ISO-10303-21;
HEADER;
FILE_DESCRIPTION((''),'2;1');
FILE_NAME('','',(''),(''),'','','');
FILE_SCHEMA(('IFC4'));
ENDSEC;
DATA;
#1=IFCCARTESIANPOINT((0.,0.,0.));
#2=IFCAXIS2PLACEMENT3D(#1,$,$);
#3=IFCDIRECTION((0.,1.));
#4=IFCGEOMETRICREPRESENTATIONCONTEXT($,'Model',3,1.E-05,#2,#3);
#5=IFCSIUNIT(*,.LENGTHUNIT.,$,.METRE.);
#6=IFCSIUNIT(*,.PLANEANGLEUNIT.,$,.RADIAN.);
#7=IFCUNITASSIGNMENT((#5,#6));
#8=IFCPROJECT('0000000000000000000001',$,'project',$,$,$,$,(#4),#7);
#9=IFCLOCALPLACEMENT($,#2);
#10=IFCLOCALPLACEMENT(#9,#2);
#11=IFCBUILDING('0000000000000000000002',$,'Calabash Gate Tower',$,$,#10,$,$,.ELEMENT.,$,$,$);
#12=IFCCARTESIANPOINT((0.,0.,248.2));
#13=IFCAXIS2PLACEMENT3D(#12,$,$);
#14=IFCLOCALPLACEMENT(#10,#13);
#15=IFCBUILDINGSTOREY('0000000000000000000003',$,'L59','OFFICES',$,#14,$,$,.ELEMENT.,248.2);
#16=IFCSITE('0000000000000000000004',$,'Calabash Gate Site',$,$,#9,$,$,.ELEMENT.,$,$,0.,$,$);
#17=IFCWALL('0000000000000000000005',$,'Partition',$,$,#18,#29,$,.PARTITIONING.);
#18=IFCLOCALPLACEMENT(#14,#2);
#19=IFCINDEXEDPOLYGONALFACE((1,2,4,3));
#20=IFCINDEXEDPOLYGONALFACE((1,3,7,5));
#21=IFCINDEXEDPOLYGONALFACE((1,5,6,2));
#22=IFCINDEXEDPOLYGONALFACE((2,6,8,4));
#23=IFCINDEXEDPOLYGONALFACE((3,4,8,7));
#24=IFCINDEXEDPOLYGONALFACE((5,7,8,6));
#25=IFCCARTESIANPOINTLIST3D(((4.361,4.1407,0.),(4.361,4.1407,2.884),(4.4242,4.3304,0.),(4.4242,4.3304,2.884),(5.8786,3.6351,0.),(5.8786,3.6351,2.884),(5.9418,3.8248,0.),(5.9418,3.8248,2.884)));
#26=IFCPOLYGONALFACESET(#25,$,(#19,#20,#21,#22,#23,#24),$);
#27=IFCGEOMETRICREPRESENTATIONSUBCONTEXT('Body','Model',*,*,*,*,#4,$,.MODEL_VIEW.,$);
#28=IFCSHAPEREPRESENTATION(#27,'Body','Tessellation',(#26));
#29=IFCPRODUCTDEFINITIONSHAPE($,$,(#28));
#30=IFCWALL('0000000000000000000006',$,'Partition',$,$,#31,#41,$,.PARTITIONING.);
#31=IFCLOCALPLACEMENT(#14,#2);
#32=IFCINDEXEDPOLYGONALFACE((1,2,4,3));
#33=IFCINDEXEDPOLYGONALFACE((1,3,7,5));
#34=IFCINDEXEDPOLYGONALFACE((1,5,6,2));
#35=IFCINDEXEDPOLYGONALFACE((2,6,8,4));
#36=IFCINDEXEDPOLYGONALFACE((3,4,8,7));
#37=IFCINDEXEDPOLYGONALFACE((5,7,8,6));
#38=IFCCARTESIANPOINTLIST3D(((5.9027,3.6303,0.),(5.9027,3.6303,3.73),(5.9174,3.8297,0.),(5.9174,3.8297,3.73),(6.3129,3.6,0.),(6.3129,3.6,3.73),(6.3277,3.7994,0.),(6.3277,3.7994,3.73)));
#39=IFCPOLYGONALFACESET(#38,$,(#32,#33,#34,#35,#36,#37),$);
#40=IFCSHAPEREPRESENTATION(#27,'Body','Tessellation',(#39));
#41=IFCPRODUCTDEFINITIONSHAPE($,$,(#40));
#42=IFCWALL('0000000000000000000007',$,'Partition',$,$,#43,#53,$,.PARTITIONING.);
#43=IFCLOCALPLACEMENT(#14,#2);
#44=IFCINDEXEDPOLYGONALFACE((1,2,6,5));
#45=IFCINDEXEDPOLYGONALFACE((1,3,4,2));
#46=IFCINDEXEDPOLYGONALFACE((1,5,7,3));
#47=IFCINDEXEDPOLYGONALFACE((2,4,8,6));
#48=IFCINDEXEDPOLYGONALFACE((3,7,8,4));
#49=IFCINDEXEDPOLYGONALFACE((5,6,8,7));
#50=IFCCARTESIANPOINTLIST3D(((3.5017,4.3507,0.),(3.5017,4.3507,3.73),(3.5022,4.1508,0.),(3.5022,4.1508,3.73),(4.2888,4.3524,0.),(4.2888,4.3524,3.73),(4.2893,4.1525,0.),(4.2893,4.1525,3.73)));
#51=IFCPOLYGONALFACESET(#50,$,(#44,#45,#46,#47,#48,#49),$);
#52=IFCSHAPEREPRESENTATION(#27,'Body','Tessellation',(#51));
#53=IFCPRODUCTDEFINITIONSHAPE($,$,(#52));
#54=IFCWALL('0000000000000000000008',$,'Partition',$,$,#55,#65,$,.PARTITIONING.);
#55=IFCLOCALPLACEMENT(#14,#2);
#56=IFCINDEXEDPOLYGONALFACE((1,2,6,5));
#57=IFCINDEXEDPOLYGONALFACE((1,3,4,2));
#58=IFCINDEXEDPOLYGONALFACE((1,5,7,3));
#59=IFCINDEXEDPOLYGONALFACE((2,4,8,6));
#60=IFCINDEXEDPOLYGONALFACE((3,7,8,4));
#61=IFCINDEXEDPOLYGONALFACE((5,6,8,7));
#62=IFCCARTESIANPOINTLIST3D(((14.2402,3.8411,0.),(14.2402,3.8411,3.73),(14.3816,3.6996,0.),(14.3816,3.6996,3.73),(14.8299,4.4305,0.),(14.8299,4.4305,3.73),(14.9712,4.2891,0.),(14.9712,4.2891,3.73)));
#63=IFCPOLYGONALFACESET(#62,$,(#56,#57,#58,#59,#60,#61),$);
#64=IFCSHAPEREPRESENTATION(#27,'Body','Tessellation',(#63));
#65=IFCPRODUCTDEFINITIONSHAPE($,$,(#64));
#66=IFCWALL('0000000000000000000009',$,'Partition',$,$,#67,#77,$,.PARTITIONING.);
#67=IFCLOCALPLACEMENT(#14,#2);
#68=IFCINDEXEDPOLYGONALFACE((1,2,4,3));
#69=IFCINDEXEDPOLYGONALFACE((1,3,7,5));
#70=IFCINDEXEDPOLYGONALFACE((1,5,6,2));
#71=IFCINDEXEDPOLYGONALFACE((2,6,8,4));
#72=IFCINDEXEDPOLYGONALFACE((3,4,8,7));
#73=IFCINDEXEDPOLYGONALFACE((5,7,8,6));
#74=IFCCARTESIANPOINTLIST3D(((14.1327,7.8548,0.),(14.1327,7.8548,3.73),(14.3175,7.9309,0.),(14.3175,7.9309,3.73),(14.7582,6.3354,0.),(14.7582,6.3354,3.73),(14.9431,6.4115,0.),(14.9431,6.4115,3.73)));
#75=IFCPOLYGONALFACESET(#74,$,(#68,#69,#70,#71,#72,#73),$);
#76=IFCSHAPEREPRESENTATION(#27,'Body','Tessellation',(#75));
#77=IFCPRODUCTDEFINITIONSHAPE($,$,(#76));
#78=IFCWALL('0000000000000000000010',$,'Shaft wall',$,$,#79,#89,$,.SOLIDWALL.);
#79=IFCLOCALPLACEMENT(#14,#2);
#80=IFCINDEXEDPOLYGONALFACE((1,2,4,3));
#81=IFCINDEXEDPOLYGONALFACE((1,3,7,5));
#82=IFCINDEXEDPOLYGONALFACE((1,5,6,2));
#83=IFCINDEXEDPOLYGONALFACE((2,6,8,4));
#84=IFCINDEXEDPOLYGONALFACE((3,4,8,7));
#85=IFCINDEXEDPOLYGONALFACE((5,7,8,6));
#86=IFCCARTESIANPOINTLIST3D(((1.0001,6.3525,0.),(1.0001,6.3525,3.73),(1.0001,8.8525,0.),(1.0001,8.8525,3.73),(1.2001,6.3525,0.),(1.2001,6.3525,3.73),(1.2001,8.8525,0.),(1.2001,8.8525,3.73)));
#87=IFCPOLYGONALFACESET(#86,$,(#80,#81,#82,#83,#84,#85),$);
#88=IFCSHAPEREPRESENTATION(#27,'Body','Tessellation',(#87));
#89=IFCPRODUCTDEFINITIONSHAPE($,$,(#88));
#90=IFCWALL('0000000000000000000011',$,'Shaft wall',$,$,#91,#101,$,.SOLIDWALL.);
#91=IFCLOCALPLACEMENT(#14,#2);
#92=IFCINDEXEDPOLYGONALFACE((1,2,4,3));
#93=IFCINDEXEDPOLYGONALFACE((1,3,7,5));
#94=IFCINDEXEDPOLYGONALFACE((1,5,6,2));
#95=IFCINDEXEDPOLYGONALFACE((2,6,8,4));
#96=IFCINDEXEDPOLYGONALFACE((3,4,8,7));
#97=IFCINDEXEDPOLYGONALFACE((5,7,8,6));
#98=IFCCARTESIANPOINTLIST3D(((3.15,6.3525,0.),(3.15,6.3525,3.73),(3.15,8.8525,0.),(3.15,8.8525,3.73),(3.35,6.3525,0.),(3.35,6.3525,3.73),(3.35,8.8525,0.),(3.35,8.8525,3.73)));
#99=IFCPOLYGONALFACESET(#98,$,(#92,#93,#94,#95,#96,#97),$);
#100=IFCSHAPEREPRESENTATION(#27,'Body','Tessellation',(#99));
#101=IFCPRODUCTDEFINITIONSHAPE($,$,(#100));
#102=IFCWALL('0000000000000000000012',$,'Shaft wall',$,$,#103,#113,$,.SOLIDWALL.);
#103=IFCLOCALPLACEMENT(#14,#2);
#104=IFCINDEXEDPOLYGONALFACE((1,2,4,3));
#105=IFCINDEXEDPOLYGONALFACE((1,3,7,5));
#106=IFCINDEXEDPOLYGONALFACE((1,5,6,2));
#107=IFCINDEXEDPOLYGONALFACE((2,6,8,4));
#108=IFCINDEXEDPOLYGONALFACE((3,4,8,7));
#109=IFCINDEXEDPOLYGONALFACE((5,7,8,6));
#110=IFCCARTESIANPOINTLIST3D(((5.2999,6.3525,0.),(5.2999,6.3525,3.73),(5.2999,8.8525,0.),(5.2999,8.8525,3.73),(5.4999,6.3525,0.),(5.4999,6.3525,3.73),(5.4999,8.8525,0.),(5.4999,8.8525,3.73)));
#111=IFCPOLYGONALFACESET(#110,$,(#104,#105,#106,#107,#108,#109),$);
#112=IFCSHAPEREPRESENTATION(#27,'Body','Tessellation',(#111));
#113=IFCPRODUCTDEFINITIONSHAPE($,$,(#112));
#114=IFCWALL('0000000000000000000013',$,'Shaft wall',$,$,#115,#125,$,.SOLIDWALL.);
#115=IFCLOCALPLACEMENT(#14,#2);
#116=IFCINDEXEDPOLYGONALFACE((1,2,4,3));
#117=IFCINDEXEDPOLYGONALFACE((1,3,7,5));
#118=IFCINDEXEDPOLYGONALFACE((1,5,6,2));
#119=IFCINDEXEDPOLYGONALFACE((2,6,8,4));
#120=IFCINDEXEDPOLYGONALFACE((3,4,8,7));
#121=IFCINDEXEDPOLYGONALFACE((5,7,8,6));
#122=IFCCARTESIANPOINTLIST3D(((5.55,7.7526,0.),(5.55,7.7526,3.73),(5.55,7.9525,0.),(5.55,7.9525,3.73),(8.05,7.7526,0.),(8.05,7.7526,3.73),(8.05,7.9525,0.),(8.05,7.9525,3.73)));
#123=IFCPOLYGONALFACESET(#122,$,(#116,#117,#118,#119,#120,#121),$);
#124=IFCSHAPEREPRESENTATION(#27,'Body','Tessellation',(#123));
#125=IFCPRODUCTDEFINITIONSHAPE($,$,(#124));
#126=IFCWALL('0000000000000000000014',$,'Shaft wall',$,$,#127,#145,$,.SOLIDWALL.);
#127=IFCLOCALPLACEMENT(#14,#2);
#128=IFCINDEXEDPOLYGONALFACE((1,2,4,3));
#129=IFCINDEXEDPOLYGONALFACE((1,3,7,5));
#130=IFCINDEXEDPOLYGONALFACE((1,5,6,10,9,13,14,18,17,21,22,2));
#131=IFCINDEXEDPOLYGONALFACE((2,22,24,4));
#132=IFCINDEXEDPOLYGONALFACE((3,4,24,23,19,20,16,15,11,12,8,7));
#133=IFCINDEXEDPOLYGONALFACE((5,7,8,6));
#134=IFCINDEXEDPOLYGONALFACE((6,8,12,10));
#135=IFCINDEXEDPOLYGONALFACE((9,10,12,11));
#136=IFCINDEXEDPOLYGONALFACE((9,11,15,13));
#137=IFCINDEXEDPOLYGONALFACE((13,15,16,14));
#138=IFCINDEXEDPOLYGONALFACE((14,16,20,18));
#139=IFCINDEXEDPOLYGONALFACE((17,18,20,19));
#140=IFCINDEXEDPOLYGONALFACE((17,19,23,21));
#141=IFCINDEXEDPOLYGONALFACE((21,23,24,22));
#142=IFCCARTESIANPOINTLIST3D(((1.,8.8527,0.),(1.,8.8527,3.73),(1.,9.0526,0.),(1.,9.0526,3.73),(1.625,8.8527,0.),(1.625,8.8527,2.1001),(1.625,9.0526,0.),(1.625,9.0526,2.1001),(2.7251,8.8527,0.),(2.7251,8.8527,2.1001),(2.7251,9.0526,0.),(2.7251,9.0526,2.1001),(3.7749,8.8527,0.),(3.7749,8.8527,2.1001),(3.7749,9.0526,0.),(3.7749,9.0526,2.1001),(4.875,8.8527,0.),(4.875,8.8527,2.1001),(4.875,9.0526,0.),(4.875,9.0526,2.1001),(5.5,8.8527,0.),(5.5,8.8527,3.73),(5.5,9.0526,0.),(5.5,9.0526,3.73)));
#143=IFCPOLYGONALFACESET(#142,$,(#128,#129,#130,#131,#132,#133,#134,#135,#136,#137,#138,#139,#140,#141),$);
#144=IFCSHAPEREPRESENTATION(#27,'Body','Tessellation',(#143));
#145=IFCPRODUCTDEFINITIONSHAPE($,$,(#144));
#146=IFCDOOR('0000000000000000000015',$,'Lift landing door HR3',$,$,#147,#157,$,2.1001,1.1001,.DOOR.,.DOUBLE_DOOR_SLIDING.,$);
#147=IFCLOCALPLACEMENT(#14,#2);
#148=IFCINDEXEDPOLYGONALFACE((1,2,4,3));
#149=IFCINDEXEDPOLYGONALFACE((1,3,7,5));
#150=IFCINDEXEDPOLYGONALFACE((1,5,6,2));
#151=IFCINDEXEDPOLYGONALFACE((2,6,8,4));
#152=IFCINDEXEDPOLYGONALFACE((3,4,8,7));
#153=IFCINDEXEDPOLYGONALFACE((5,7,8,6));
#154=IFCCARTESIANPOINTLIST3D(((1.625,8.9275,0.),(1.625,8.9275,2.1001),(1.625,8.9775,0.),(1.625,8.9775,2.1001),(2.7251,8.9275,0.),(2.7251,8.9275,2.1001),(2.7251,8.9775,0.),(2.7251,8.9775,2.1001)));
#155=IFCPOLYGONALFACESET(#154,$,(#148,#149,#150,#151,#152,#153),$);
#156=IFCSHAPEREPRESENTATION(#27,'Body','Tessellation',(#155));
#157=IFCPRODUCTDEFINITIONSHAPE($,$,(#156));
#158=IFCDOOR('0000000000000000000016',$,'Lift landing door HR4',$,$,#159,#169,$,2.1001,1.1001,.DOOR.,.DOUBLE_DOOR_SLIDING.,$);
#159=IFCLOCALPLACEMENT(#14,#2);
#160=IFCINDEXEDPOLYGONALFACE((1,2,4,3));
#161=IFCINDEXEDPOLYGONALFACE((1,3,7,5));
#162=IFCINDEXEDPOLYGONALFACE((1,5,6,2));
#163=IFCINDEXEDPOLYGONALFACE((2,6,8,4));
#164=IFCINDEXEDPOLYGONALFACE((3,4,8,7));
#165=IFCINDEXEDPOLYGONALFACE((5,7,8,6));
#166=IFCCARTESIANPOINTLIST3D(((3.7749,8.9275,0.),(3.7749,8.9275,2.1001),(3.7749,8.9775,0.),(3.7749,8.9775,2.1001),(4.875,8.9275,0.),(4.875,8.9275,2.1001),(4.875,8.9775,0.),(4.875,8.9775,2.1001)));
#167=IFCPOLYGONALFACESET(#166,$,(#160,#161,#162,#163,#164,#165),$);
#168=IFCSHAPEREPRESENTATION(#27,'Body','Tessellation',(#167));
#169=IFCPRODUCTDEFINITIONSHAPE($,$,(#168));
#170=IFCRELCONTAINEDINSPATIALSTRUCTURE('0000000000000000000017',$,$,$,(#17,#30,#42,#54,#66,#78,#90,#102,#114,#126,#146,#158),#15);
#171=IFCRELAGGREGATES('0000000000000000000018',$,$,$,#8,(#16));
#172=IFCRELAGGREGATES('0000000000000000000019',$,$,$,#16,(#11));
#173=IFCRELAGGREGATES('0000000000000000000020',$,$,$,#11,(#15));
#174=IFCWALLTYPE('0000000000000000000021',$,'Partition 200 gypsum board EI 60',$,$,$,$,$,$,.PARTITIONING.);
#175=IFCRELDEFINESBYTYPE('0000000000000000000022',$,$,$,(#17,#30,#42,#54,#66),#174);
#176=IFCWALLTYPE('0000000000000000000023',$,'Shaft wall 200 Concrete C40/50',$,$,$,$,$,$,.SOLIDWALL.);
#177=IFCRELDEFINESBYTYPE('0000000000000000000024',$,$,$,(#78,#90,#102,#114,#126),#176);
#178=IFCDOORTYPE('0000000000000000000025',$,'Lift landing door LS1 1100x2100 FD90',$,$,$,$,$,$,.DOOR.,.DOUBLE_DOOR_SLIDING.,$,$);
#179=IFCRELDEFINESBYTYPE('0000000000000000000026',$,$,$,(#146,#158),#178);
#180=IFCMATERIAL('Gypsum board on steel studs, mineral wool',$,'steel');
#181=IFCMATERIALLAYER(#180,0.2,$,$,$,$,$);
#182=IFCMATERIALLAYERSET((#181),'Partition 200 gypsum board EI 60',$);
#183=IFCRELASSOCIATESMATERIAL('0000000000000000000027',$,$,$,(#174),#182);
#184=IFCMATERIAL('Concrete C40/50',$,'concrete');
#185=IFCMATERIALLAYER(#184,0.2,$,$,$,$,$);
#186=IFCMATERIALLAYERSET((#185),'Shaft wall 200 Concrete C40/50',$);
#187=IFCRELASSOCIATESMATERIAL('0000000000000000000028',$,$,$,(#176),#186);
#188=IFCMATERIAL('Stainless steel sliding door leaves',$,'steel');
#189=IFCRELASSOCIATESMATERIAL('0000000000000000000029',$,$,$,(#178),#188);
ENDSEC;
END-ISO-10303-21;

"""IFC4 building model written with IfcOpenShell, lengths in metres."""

from ifc_helpers import new_model, si_unit, direction, frame, frame_2d, origin, place, context, subcontext, project, spatial, rectangle, extrude, material, layer, layer_set, type_object, element, fill, save


model = new_model("IFC4")

# Units and contexts
model_context = context("Model", 3, precision=1e-05, world=origin(), true_north=direction((0.0, 1.0)))
body_context = subcontext(model_context, "Body", "Model", "MODEL_VIEW")
ifc_project = project(units=[si_unit("LENGTHUNIT", "METRE"), si_unit("PLANEANGLEUNIT", "RADIAN")], contexts=[model_context])

# Site, building, storey
site_placement = place(None, origin())
site = spatial("IfcSite", under=ifc_project, at=site_placement, Name="Calabash Gate Site", CompositionType="ELEMENT", RefElevation=0.0)
building_placement = place(site_placement, origin())
building = spatial("IfcBuilding", under=site, at=building_placement, Name="Calabash Gate Tower", CompositionType="ELEMENT")
storey_placement = place(building_placement, frame((0.0, 0.0, 248.2)))
storey = spatial("IfcBuildingStorey", under=building, at=storey_placement, Name="L59", Description="OFFICES", CompositionType="ELEMENT", Elevation=248.2)

# Shared definitions
ifc_material_1 = material(Name="Gypsum board on steel studs, mineral wool", Category="steel")
ifc_layer_1 = layer(ifc_material_1, 0.2)
ifc_layer_set_1 = layer_set([ifc_layer_1], Name="Partition 200 gypsum board EI 60")
wall_type_1 = type_object("IfcWallType", Name="Partition 200 gypsum board EI 60", PredefinedType="PARTITIONING", material=ifc_layer_set_1)

# Walls
wall_1_placement = place(storey_placement, frame((4.3926, 4.2356, 0.0), z_axis=(0.0, 0.0, 1.0), x_axis=(0.948729, -0.31609, 0.0)))
element("IfcWall", 1, at=wall_1_placement, inside=storey, type_object=wall_type_1, Name="Partition", PredefinedType="PARTITIONING", context=body_context, shape_type="SweptSolid", body=[
    extrude(rectangle(XDim=1.5996, YDim=0.2, at=frame_2d((0.7998, 0.0))), origin(), (0.0, 0.0, 1.0), 2.884),
])
wall_2_placement = place(storey_placement, frame((5.9102, 3.73, 0.0), z_axis=(0.0, 0.0, 1.0), x_axis=(0.997287, -0.073609, 0.0)))
element("IfcWall", 2, at=wall_2_placement, inside=storey, type_object=wall_type_1, Name="Partition", PredefinedType="PARTITIONING", context=body_context, shape_type="SweptSolid", body=[
    extrude(rectangle(XDim=0.4114, YDim=0.2, at=frame_2d((0.2056, 0.0))), origin(), (0.0, 0.0, 1.0), 3.73),
])
wall_3_placement = place(storey_placement, frame((3.502, 4.2507, 0.0), z_axis=(0.0, 0.0, 1.0), x_axis=(0.999998, 0.002171, 0.0)))
element("IfcWall", 3, at=wall_3_placement, inside=storey, type_object=wall_type_1, Name="Partition", PredefinedType="PARTITIONING", context=body_context, shape_type="SweptSolid", body=[
    extrude(rectangle(XDim=0.7871, YDim=0.2, at=frame_2d((0.3936, 0.0))), origin(), (0.0, 0.0, 1.0), 3.73),
])
wall_4_placement = place(storey_placement, frame((14.3108, 3.7703, 0.0), z_axis=(0.0, 0.0, 1.0), x_axis=(0.707253, 0.70696, 0.0)))
element("IfcWall", 4, at=wall_4_placement, inside=storey, type_object=wall_type_1, Name="Partition", PredefinedType="PARTITIONING", context=body_context, shape_type="SweptSolid", body=[
    extrude(rectangle(XDim=0.8337, YDim=0.2, at=frame_2d((0.417, 0.0))), origin(), (0.0, 0.0, 1.0), 3.73),
])
wall_5_placement = place(storey_placement, frame((14.2251, 7.8928, 0.0), z_axis=(0.0, 0.0, 1.0), x_axis=(0.380697, -0.9247, 0.0)))
element("IfcWall", 5, at=wall_5_placement, inside=storey, type_object=wall_type_1, Name="Partition", PredefinedType="PARTITIONING", context=body_context, shape_type="SweptSolid", body=[
    extrude(rectangle(XDim=1.6431, YDim=0.2, at=frame_2d((0.8215, 0.0))), origin(), (0.0, 0.0, 1.0), 3.73),
])

# Walls
ifc_material_2 = material(Name="Concrete C40/50", Category="concrete")
ifc_layer_2 = layer(ifc_material_2, 0.2)
ifc_layer_set_2 = layer_set([ifc_layer_2], Name="Shaft wall 200 Concrete C40/50")
wall_type_2 = type_object("IfcWallType", Name="Shaft wall 200 Concrete C40/50", PredefinedType="SOLIDWALL", material=ifc_layer_set_2)
for number, where, z_axis, x_axis, name in (
    (6, (1.1001, 6.3525, 0.0), (0.0, 0.0, 1.0), (0.0, 1.0, 0.0), "Shaft wall"),
    (7, (3.25, 6.3525, 0.0), (0.0, 0.0, 1.0), (0.0, 1.0, 0.0), "Shaft wall"),
    (8, (5.3999, 6.3525, 0.0), (0.0, 0.0, 1.0), (0.0, 1.0, 0.0), "Shaft wall"),
    (9, (5.55, 7.8525, 0.0), (0.0, 0.0, 1.0), (1.0, 0.0, 0.0), "Shaft wall"),
):
    element("IfcWall", number, at=place(storey_placement, frame(where, z_axis=z_axis, x_axis=x_axis)), inside=storey, type_object=wall_type_2, Name=name, PredefinedType="SOLIDWALL", context=body_context, shape_type="SweptSolid", body=[
        extrude(rectangle(XDim=2.5, YDim=0.2, at=frame_2d((1.25, 0.0))), origin(), (0.0, 0.0, 1.0), 3.73),
    ])

# Wall, openings, doors
wall_6_placement = place(storey_placement, frame((1.0, 8.9526, 0.0), z_axis=(0.0, 0.0, 1.0), x_axis=(1.0, 0.0, 0.0)))
wall_6 = element("IfcWall", 10, at=wall_6_placement, inside=storey, type_object=wall_type_2, Name="Shaft wall", PredefinedType="SOLIDWALL", context=body_context, shape_type="SweptSolid", body=[
    extrude(rectangle(XDim=4.5, YDim=0.2, at=frame_2d((2.25, 0.0))), origin(), (0.0, 0.0, 1.0), 3.73),
])
opening_1_placement = place(wall_6_placement, frame((0.625, 0.0, 0.0)))
opening_1 = element("IfcOpeningElement", 11, at=opening_1_placement, cuts=wall_6, PredefinedType="OPENING", context=body_context, shape_type="SweptSolid", body=[
    extrude(rectangle(XDim=1.1001, YDim=2.1001, at=frame_2d((0.55, 1.05))), frame((0.0, 0.1099, 0.0), z_axis=(0.0, -1.0, 0.0), x_axis=(1.0, 0.0, 0.0)), (0.0, 0.0, 1.0), 0.22),
])
opening_2_placement = place(wall_6_placement, frame((2.7749, 0.0, 0.0)))
opening_2 = element("IfcOpeningElement", 12, at=opening_2_placement, cuts=wall_6, PredefinedType="OPENING", context=body_context, shape_type="SweptSolid", body=[
    extrude(rectangle(XDim=1.1001, YDim=2.1001, at=frame_2d((0.55, 1.05))), frame((0.0, 0.1099, 0.0), z_axis=(0.0, -1.0, 0.0), x_axis=(1.0, 0.0, 0.0)), (0.0, 0.0, 1.0), 0.22),
])
ifc_material_3 = material(Name="Stainless steel sliding door leaves", Category="steel")
door_type_1 = type_object("IfcDoorType", Name="Lift landing door LS1 1100x2100 FD90", OperationType="DOUBLE_DOOR_SLIDING", PredefinedType="DOOR", material=ifc_material_3)
door_1_placement = place(opening_1_placement, origin())
door_1 = element("IfcDoor", 13, at=door_1_placement, inside=storey, type_object=door_type_1, Name="Lift landing door HR3", OperationType="DOUBLE_DOOR_SLIDING", OverallHeight=2.1001, OverallWidth=1.1001, PredefinedType="DOOR", context=body_context, shape_type="SweptSolid", body=[
    extrude(rectangle(XDim=1.1001, YDim=2.1001, at=frame_2d((0.55, 1.05))), frame((0.0, 0.0249, 0.0), z_axis=(0.0, -1.0, 0.0), x_axis=(1.0, 0.0, 0.0)), (0.0, 0.0, 1.0), 0.05),
])
fill(opening_1, door_1)
door_2_placement = place(opening_2_placement, origin())
door_2 = element("IfcDoor", 14, at=door_2_placement, inside=storey, type_object=door_type_1, Name="Lift landing door HR4", OperationType="DOUBLE_DOOR_SLIDING", OverallHeight=2.1001, OverallWidth=1.1001, PredefinedType="DOOR", context=body_context, shape_type="SweptSolid", body=[
    extrude(rectangle(XDim=1.1001, YDim=2.1001, at=frame_2d((0.55, 1.05))), frame((0.0, 0.0249, 0.0), z_axis=(0.0, -1.0, 0.0), x_axis=(1.0, 0.0, 0.0)), (0.0, 0.0, 1.0), 0.05),
])
fill(opening_2, door_2)

save(model, "model.ifc")
